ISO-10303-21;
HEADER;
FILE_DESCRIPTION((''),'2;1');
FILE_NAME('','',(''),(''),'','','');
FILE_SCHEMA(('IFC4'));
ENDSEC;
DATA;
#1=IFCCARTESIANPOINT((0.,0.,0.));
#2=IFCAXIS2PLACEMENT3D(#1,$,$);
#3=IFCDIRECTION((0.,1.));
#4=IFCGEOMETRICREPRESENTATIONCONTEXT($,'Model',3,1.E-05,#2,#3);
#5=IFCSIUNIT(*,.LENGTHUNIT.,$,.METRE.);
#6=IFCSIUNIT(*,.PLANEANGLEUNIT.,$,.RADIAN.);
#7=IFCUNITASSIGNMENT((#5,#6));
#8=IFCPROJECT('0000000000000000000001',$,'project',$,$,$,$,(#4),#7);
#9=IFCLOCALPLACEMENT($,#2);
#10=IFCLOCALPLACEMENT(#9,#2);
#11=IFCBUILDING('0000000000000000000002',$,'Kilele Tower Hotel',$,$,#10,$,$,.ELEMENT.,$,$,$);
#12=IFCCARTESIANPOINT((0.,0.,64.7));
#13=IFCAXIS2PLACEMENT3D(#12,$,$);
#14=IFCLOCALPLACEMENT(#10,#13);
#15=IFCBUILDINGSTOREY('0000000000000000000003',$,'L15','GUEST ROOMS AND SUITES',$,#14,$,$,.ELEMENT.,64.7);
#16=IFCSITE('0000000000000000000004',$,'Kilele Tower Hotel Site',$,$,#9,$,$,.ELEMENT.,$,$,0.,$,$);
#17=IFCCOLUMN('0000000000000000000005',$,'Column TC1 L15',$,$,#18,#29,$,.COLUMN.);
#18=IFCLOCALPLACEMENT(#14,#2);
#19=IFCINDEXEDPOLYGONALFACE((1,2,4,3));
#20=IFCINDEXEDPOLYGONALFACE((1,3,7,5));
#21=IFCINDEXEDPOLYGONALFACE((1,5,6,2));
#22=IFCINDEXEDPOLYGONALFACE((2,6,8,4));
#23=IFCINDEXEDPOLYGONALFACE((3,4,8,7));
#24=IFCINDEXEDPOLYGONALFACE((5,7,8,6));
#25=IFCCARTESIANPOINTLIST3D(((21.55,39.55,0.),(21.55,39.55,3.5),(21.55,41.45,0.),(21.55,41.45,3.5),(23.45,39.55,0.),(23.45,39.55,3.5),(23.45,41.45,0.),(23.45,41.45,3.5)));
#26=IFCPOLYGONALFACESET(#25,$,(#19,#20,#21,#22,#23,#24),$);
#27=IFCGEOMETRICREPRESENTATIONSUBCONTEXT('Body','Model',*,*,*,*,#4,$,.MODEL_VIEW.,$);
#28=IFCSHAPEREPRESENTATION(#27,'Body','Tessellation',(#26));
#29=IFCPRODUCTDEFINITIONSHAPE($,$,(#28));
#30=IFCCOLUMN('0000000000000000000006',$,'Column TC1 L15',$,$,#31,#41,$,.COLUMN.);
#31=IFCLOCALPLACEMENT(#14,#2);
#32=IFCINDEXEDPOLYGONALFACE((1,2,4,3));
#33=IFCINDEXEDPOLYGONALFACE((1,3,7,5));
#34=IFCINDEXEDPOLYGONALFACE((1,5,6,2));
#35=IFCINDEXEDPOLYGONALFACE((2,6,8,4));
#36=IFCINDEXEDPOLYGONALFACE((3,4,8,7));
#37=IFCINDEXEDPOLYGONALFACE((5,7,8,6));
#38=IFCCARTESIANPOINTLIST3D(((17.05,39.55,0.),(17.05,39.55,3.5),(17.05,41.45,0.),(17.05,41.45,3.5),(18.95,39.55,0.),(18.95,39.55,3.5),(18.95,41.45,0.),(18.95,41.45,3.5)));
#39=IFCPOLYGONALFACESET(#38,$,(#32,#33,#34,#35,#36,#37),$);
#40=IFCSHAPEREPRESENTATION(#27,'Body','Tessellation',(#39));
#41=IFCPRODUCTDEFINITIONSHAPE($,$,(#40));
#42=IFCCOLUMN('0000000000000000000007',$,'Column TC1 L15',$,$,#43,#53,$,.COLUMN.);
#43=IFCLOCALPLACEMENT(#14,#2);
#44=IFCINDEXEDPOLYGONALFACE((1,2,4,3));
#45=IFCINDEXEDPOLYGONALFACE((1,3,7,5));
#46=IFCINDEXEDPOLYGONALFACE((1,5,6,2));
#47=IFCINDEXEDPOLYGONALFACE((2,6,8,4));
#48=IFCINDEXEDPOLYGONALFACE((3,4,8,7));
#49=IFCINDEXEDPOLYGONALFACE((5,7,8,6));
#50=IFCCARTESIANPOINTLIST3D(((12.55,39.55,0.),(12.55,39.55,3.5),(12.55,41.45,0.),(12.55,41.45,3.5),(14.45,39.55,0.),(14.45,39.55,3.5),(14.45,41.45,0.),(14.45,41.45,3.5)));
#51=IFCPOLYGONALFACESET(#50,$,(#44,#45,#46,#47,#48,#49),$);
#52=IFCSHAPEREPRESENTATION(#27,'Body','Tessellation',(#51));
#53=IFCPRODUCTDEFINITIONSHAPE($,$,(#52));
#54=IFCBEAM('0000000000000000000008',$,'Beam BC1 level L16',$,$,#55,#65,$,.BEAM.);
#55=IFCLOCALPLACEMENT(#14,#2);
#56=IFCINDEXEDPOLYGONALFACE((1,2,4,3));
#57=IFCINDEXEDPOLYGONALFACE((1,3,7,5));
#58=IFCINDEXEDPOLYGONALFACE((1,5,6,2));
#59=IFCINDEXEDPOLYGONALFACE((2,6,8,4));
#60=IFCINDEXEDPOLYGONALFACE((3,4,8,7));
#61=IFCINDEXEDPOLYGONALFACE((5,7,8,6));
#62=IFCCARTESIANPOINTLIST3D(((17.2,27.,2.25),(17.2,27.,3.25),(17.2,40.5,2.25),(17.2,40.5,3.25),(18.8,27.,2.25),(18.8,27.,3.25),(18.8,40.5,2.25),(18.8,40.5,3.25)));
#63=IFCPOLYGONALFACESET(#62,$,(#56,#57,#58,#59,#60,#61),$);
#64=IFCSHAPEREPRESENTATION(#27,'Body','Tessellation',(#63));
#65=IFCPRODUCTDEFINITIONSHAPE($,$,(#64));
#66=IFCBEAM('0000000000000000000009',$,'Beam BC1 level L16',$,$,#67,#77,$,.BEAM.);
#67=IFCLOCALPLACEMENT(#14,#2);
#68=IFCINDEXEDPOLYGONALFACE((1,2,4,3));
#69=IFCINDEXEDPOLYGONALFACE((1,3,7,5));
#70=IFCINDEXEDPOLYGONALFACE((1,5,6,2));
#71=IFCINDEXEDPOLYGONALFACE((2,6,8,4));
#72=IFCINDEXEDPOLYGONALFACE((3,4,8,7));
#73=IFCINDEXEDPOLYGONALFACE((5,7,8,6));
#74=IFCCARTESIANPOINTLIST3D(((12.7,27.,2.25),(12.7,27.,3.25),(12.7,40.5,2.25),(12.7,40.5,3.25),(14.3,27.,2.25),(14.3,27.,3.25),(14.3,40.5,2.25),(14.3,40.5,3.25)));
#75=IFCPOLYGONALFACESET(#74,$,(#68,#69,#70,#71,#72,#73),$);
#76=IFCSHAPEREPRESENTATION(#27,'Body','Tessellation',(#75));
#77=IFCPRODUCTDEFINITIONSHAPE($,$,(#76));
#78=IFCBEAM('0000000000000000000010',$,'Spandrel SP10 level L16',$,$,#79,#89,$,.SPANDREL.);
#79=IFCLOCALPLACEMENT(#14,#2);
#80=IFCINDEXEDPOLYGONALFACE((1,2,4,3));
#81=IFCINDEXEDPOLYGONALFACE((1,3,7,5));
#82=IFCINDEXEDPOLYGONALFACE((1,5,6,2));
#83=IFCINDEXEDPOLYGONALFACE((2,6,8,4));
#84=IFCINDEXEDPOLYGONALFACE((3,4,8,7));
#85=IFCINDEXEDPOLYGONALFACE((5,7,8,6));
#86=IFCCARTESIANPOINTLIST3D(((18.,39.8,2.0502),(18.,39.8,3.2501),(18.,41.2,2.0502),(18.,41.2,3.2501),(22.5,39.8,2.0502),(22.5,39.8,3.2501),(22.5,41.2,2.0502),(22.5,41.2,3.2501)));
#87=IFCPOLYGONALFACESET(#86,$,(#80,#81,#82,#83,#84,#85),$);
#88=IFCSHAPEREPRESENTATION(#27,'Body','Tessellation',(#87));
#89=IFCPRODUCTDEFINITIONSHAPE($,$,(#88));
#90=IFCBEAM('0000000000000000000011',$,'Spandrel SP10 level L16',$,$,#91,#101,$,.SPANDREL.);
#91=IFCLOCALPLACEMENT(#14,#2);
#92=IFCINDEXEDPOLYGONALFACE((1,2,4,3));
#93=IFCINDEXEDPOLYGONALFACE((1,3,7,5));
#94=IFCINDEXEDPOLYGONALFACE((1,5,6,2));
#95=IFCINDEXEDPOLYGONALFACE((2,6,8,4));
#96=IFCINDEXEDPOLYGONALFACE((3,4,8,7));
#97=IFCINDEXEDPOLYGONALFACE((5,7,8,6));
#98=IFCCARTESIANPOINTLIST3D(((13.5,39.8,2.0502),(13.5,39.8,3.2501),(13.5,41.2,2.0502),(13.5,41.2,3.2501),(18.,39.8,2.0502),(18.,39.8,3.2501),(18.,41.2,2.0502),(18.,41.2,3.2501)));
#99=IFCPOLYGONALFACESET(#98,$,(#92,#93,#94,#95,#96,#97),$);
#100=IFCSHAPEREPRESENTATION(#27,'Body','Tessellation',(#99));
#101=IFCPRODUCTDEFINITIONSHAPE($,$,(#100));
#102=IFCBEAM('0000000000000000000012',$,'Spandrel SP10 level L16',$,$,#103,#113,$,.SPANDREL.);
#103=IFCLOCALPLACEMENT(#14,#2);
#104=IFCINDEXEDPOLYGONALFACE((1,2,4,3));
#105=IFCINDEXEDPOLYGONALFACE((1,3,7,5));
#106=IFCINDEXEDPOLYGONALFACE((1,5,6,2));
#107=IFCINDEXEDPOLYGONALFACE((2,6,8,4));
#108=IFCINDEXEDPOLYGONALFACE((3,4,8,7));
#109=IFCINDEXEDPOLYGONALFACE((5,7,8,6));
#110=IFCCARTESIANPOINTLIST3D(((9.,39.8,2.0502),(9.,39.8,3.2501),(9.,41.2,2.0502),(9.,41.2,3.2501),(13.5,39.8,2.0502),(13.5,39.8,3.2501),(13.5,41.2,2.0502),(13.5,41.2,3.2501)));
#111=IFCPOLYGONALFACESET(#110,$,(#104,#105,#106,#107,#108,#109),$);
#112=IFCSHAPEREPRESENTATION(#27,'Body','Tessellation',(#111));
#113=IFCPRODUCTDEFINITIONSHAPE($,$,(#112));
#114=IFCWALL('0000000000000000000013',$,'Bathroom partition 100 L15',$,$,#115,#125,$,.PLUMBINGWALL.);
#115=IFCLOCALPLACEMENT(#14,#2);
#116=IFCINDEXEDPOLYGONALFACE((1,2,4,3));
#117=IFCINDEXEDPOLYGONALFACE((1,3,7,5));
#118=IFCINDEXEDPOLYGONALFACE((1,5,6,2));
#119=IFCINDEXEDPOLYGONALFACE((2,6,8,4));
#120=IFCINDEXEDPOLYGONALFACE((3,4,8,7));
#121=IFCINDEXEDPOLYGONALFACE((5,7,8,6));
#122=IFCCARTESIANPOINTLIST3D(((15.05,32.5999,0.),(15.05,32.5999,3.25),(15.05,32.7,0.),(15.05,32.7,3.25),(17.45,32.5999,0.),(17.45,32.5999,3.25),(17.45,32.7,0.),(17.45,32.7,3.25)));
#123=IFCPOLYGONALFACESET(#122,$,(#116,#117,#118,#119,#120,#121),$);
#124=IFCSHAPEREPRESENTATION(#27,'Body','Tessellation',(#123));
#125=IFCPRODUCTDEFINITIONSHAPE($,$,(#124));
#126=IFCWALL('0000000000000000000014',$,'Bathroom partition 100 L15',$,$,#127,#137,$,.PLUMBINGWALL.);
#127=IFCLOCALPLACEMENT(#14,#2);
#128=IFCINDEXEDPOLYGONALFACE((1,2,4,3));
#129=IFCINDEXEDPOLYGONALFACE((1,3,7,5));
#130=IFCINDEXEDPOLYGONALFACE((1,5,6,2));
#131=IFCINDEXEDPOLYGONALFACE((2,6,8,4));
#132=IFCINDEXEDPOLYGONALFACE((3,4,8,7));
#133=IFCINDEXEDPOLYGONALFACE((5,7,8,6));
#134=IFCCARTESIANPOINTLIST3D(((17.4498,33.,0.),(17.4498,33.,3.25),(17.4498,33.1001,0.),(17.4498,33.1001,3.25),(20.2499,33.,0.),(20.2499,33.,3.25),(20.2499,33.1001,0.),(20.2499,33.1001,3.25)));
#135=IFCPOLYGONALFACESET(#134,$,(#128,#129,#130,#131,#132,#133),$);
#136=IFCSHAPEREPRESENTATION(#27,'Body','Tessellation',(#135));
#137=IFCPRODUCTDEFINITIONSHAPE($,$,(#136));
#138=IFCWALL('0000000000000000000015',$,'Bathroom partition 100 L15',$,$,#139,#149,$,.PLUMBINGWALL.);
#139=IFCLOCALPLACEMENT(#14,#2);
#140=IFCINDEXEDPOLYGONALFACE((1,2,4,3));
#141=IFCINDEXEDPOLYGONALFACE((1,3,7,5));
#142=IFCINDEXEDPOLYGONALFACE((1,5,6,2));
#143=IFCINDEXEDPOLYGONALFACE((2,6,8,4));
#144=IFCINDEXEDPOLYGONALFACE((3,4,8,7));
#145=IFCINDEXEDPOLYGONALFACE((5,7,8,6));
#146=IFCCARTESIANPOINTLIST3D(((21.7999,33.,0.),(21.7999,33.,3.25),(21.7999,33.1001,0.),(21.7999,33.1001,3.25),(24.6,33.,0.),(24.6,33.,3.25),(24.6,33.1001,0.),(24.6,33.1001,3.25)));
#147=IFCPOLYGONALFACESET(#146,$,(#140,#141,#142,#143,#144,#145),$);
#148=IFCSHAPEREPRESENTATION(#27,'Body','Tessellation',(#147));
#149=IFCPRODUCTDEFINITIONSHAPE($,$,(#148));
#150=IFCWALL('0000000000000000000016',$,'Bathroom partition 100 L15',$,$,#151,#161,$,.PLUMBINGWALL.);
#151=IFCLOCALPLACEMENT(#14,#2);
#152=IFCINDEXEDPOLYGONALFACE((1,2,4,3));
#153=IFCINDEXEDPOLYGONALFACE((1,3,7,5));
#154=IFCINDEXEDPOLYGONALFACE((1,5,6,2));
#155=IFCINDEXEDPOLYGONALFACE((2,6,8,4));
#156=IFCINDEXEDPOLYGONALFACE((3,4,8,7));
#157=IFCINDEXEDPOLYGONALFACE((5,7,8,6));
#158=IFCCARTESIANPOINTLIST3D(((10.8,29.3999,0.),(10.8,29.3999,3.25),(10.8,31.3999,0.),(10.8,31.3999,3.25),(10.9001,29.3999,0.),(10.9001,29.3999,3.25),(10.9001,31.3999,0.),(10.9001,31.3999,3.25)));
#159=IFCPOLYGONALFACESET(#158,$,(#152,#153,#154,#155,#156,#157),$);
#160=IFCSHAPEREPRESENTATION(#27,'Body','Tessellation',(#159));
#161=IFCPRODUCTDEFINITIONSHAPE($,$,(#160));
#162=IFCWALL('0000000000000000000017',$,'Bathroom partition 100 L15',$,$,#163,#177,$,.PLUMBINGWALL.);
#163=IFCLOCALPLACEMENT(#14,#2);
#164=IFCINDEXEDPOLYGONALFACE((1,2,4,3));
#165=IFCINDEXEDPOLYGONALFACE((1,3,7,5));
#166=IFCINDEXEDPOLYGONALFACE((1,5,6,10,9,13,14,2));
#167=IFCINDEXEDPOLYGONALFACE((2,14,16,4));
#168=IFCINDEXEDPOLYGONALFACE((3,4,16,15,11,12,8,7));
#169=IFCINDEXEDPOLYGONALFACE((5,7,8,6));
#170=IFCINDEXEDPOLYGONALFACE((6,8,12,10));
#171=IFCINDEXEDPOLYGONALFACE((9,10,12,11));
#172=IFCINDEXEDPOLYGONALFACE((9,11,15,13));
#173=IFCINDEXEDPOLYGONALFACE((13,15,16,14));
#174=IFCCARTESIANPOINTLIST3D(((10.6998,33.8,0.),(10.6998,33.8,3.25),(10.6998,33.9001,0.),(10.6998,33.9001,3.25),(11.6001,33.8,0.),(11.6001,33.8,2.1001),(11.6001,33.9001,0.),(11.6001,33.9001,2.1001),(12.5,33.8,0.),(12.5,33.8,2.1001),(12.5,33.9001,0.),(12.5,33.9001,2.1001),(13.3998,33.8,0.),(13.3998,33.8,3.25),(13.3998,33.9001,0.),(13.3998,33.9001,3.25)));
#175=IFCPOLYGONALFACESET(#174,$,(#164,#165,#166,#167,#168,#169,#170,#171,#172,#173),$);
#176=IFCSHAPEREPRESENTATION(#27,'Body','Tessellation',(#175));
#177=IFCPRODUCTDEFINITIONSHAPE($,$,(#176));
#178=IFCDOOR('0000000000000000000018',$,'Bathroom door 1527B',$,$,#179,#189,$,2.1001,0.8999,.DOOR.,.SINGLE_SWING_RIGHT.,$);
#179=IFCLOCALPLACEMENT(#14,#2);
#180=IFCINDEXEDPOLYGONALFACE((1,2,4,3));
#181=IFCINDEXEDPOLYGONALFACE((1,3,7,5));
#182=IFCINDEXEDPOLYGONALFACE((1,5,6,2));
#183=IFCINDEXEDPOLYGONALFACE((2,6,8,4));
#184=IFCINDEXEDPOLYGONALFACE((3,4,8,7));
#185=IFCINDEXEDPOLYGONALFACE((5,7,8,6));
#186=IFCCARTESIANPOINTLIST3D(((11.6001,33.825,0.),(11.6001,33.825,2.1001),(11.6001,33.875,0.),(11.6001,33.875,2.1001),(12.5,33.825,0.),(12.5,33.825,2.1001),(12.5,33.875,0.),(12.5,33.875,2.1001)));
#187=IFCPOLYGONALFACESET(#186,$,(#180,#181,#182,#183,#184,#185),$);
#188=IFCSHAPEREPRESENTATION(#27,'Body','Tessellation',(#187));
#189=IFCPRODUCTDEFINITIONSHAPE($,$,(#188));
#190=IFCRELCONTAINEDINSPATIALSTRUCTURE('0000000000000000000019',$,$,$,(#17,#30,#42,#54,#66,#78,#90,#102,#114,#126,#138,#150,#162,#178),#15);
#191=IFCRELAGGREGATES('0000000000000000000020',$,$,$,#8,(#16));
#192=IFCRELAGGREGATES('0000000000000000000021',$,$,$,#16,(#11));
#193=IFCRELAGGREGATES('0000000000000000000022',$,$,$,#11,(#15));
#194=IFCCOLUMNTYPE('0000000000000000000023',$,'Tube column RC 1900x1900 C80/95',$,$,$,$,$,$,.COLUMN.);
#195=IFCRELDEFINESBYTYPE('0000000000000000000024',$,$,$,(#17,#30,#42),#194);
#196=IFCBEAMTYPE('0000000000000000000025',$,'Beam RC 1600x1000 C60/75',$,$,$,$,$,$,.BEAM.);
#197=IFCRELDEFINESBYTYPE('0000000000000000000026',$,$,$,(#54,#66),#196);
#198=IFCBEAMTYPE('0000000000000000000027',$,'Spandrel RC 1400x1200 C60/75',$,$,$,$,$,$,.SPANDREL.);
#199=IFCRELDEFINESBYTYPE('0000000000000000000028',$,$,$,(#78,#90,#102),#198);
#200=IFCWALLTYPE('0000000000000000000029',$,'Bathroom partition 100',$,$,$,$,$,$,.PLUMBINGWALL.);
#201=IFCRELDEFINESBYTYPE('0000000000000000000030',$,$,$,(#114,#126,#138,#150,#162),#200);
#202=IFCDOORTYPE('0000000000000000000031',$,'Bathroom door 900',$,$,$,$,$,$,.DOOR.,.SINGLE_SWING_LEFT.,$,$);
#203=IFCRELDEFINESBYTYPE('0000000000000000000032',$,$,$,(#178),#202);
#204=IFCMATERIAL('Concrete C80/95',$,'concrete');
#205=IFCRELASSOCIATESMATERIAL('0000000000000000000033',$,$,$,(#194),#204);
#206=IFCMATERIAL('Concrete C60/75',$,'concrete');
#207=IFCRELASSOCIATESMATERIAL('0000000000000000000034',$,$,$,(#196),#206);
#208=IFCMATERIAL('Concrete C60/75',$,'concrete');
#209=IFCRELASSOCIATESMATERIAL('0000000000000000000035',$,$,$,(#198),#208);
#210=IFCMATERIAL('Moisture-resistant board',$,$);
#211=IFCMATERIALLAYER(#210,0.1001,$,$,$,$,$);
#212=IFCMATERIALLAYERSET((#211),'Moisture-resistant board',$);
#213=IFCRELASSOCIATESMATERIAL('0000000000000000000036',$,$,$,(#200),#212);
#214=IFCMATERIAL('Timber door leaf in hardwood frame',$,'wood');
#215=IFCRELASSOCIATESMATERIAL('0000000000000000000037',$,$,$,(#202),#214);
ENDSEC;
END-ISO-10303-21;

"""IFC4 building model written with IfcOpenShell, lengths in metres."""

from ifc_helpers import new_model, si_unit, direction, frame, frame_2d, origin, origin_2d, place, context, subcontext, project, spatial, rectangle, extrude, material, layer, layer_set, material_profile, profile_set, type_object, element, fill, save


model = new_model("IFC4")

# Units and contexts
model_context = context("Model", 3, precision=1e-05, world=origin(), true_north=direction((0.0, 1.0)))
body_context = subcontext(model_context, "Body", "Model", "MODEL_VIEW")
ifc_project = project(units=[si_unit("LENGTHUNIT", "METRE"), si_unit("PLANEANGLEUNIT", "RADIAN")], contexts=[model_context])

# Site, building, storey
site_placement = place(None, origin())
site = spatial("IfcSite", under=ifc_project, at=site_placement, Name="Kilele Tower Hotel Site", CompositionType="ELEMENT", RefElevation=0.0)
building_placement = place(site_placement, origin())
building = spatial("IfcBuilding", under=site, at=building_placement, Name="Kilele Tower Hotel", CompositionType="ELEMENT")
storey_placement = place(building_placement, frame((0.0, 0.0, 64.7)))
storey = spatial("IfcBuildingStorey", under=building, at=storey_placement, Name="L15", Description="GUEST ROOMS AND SUITES", CompositionType="ELEMENT", Elevation=64.7)

# Columns
ifc_material_1 = material(Name="Concrete C80/95", Category="concrete")
ifc_material_profile_1 = material_profile(ifc_material_1, rectangle(XDim=1.8999, YDim=1.8999, at=origin_2d()))
ifc_profile_set_1 = profile_set([ifc_material_profile_1], Name="Concrete C80/95")
column_type = type_object("IfcColumnType", Name="Tube column RC 1900x1900 C80/95", PredefinedType="COLUMN", material=ifc_profile_set_1)
for number, where, z_axis, x_axis, name in (
    (1, (22.5, 40.5, 0.0), (0.0, 0.0, 1.0), (1.0, 0.0, 0.0), "Column TC1 L15"),
    (2, (18.0, 40.5, 0.0), (0.0, 0.0, 1.0), (1.0, 0.0, 0.0), "Column TC1 L15"),
    (3, (13.5, 40.5, 0.0), (0.0, 0.0, 1.0), (1.0, 0.0, 0.0), "Column TC1 L15"),
):
    element("IfcColumn", number, at=place(storey_placement, frame(where, z_axis=z_axis, x_axis=x_axis)), inside=storey, type_object=column_type, Name=name, PredefinedType="COLUMN", context=body_context, shape_type="SweptSolid", body=[
        extrude(rectangle(XDim=1.8999, YDim=1.8999, at=origin_2d()), origin(), (0.0, 0.0, 1.0), 3.5),
    ])

# Beams
ifc_material_2 = material(Name="Concrete C60/75", Category="concrete")
ifc_material_profile_2 = material_profile(ifc_material_2, rectangle(XDim=1.6001, YDim=1.0, at=origin_2d()))
ifc_profile_set_2 = profile_set([ifc_material_profile_2], Name="Concrete C60/75")
beam_type_1 = type_object("IfcBeamType", Name="Beam RC 1600x1000 C60/75", PredefinedType="BEAM", material=ifc_profile_set_2)
for number, where, z_axis, x_axis, name in (
    (4, (18.0, 40.5, 2.75), (0.0, -1.0, 0.0), (1.0, 0.0, 0.0), "Beam BC1 level L16"),
    (5, (13.5, 40.5, 2.75), (0.0, -1.0, 0.0), (1.0, 0.0, 0.0), "Beam BC1 level L16"),
):
    element("IfcBeam", number, at=place(storey_placement, frame(where, z_axis=z_axis, x_axis=x_axis)), inside=storey, type_object=beam_type_1, Name=name, PredefinedType="BEAM", context=body_context, shape_type="SweptSolid", body=[
        extrude(rectangle(XDim=1.6001, YDim=1.0, at=origin_2d()), origin(), (0.0, 0.0, 1.0), 13.5),
    ])
ifc_material_3 = material(Name="Concrete C60/75", Category="concrete")
ifc_material_profile_3 = material_profile(ifc_material_3, rectangle(XDim=1.3999, YDim=1.2, at=origin_2d()))
ifc_profile_set_3 = profile_set([ifc_material_profile_3], Name="Concrete C60/75")
beam_type_2 = type_object("IfcBeamType", Name="Spandrel RC 1400x1200 C60/75", PredefinedType="SPANDREL", material=ifc_profile_set_3)
for number, where, z_axis, x_axis, name in (
    (6, (22.5, 40.5, 2.6501), (-1.0, 0.0, 0.0), (0.0, -1.0, 0.0), "Spandrel SP10 level L16"),
    (7, (18.0, 40.5, 2.6501), (-1.0, 0.0, 0.0), (0.0, -1.0, 0.0), "Spandrel SP10 level L16"),
    (8, (13.5, 40.5, 2.6501), (-1.0, 0.0, 0.0), (0.0, -1.0, 0.0), "Spandrel SP10 level L16"),
):
    element("IfcBeam", number, at=place(storey_placement, frame(where, z_axis=z_axis, x_axis=x_axis)), inside=storey, type_object=beam_type_2, Name=name, PredefinedType="SPANDREL", context=body_context, shape_type="SweptSolid", body=[
        extrude(rectangle(XDim=1.3999, YDim=1.2, at=origin_2d()), origin(), (0.0, 0.0, 1.0), 4.5),
    ])

# Walls
ifc_material_4 = material(Name="Moisture-resistant board")
ifc_layer_1 = layer(ifc_material_4, 0.1001)
ifc_layer_set_1 = layer_set([ifc_layer_1], Name="Moisture-resistant board")
wall_type_1 = type_object("IfcWallType", Name="Bathroom partition 100", PredefinedType="PLUMBINGWALL", material=ifc_layer_set_1)
wall_1_placement = place(storey_placement, frame((15.05, 32.6499, 0.0), z_axis=(0.0, 0.0, 1.0), x_axis=(1.0, 0.0, 0.0)))
element("IfcWall", 9, at=wall_1_placement, inside=storey, type_object=wall_type_1, Name="Bathroom partition 100 L15", PredefinedType="PLUMBINGWALL", context=body_context, shape_type="SweptSolid", body=[
    extrude(rectangle(XDim=2.3999, YDim=0.1001, at=frame_2d((1.2, 0.0))), origin(), (0.0, 0.0, 1.0), 3.25),
])
for number, where, z_axis, x_axis, name in (
    (10, (17.45, 33.05, 0.0), (0.0, 0.0, 1.0), (1.0, 0.0, 0.0), "Bathroom partition 100 L15"),
    (11, (21.8, 33.05, 0.0), (0.0, 0.0, 1.0), (1.0, 0.0, 0.0), "Bathroom partition 100 L15"),
):
    element("IfcWall", number, at=place(storey_placement, frame(where, z_axis=z_axis, x_axis=x_axis)), inside=storey, type_object=wall_type_1, Name=name, PredefinedType="PLUMBINGWALL", context=body_context, shape_type="SweptSolid", body=[
        extrude(rectangle(XDim=2.8, YDim=0.1001, at=frame_2d((1.3999, 0.0))), origin(), (0.0, 0.0, 1.0), 3.25),
    ])
wall_2_placement = place(storey_placement, frame((10.8501, 31.3999, 0.0), z_axis=(0.0, 0.0, 1.0), x_axis=(0.0, -1.0, 0.0)))
element("IfcWall", 12, at=wall_2_placement, inside=storey, type_object=wall_type_1, Name="Bathroom partition 100 L15", PredefinedType="PLUMBINGWALL", context=body_context, shape_type="SweptSolid", body=[
    extrude(rectangle(XDim=2.0, YDim=0.1001, at=frame_2d((1.0, 0.0))), origin(), (0.0, 0.0, 1.0), 3.25),
])

# Wall, opening, door
wall_3_placement = place(storey_placement, frame((13.3999, 33.8501, 0.0), z_axis=(0.0, 0.0, 1.0), x_axis=(-1.0, 0.0, 0.0)))
wall_3 = element("IfcWall", 13, at=wall_3_placement, inside=storey, type_object=wall_type_1, Name="Bathroom partition 100 L15", PredefinedType="PLUMBINGWALL", context=body_context, shape_type="SweptSolid", body=[
    extrude(rectangle(XDim=2.7, YDim=0.1001, at=frame_2d((1.3501, 0.0))), origin(), (0.0, 0.0, 1.0), 3.25),
])
opening_1_placement = place(wall_3_placement, frame((1.7998, 0.0, 0.0), z_axis=(0.0, 0.0, 1.0), x_axis=(-1.0, 0.0, 0.0)))
opening_1 = element("IfcOpeningElement", 14, at=opening_1_placement, cuts=wall_3, PredefinedType="OPENING", context=body_context, shape_type="SweptSolid", body=[
    extrude(rectangle(XDim=0.8999, YDim=2.1001, at=frame_2d((0.45, 1.05))), frame((0.0, 0.0601, 0.0), z_axis=(0.0, -1.0, 0.0), x_axis=(1.0, 0.0, 0.0)), (0.0, 0.0, 1.0), 0.1201),
])
ifc_material_5 = material(Name="Timber door leaf in hardwood frame", Category="wood")
door_type_1 = type_object("IfcDoorType", Name="Bathroom door 900", OperationType="SINGLE_SWING_LEFT", PredefinedType="DOOR", material=ifc_material_5)
door_1_placement = place(opening_1_placement, origin())
door_1 = element("IfcDoor", 15, at=door_1_placement, inside=storey, type_object=door_type_1, Name="Bathroom door 1527B", OperationType="SINGLE_SWING_RIGHT", OverallHeight=2.1001, OverallWidth=0.8999, PredefinedType="DOOR", context=body_context, shape_type="SweptSolid", body=[
    extrude(rectangle(XDim=0.8999, YDim=2.1001, at=frame_2d((0.45, 1.05))), frame((0.0, 0.0249, 0.0), z_axis=(0.0, -1.0, 0.0), x_axis=(1.0, 0.0, 0.0)), (0.0, 0.0, 1.0), 0.05),
])
fill(opening_1, door_1)

save(model, "model.ifc")
